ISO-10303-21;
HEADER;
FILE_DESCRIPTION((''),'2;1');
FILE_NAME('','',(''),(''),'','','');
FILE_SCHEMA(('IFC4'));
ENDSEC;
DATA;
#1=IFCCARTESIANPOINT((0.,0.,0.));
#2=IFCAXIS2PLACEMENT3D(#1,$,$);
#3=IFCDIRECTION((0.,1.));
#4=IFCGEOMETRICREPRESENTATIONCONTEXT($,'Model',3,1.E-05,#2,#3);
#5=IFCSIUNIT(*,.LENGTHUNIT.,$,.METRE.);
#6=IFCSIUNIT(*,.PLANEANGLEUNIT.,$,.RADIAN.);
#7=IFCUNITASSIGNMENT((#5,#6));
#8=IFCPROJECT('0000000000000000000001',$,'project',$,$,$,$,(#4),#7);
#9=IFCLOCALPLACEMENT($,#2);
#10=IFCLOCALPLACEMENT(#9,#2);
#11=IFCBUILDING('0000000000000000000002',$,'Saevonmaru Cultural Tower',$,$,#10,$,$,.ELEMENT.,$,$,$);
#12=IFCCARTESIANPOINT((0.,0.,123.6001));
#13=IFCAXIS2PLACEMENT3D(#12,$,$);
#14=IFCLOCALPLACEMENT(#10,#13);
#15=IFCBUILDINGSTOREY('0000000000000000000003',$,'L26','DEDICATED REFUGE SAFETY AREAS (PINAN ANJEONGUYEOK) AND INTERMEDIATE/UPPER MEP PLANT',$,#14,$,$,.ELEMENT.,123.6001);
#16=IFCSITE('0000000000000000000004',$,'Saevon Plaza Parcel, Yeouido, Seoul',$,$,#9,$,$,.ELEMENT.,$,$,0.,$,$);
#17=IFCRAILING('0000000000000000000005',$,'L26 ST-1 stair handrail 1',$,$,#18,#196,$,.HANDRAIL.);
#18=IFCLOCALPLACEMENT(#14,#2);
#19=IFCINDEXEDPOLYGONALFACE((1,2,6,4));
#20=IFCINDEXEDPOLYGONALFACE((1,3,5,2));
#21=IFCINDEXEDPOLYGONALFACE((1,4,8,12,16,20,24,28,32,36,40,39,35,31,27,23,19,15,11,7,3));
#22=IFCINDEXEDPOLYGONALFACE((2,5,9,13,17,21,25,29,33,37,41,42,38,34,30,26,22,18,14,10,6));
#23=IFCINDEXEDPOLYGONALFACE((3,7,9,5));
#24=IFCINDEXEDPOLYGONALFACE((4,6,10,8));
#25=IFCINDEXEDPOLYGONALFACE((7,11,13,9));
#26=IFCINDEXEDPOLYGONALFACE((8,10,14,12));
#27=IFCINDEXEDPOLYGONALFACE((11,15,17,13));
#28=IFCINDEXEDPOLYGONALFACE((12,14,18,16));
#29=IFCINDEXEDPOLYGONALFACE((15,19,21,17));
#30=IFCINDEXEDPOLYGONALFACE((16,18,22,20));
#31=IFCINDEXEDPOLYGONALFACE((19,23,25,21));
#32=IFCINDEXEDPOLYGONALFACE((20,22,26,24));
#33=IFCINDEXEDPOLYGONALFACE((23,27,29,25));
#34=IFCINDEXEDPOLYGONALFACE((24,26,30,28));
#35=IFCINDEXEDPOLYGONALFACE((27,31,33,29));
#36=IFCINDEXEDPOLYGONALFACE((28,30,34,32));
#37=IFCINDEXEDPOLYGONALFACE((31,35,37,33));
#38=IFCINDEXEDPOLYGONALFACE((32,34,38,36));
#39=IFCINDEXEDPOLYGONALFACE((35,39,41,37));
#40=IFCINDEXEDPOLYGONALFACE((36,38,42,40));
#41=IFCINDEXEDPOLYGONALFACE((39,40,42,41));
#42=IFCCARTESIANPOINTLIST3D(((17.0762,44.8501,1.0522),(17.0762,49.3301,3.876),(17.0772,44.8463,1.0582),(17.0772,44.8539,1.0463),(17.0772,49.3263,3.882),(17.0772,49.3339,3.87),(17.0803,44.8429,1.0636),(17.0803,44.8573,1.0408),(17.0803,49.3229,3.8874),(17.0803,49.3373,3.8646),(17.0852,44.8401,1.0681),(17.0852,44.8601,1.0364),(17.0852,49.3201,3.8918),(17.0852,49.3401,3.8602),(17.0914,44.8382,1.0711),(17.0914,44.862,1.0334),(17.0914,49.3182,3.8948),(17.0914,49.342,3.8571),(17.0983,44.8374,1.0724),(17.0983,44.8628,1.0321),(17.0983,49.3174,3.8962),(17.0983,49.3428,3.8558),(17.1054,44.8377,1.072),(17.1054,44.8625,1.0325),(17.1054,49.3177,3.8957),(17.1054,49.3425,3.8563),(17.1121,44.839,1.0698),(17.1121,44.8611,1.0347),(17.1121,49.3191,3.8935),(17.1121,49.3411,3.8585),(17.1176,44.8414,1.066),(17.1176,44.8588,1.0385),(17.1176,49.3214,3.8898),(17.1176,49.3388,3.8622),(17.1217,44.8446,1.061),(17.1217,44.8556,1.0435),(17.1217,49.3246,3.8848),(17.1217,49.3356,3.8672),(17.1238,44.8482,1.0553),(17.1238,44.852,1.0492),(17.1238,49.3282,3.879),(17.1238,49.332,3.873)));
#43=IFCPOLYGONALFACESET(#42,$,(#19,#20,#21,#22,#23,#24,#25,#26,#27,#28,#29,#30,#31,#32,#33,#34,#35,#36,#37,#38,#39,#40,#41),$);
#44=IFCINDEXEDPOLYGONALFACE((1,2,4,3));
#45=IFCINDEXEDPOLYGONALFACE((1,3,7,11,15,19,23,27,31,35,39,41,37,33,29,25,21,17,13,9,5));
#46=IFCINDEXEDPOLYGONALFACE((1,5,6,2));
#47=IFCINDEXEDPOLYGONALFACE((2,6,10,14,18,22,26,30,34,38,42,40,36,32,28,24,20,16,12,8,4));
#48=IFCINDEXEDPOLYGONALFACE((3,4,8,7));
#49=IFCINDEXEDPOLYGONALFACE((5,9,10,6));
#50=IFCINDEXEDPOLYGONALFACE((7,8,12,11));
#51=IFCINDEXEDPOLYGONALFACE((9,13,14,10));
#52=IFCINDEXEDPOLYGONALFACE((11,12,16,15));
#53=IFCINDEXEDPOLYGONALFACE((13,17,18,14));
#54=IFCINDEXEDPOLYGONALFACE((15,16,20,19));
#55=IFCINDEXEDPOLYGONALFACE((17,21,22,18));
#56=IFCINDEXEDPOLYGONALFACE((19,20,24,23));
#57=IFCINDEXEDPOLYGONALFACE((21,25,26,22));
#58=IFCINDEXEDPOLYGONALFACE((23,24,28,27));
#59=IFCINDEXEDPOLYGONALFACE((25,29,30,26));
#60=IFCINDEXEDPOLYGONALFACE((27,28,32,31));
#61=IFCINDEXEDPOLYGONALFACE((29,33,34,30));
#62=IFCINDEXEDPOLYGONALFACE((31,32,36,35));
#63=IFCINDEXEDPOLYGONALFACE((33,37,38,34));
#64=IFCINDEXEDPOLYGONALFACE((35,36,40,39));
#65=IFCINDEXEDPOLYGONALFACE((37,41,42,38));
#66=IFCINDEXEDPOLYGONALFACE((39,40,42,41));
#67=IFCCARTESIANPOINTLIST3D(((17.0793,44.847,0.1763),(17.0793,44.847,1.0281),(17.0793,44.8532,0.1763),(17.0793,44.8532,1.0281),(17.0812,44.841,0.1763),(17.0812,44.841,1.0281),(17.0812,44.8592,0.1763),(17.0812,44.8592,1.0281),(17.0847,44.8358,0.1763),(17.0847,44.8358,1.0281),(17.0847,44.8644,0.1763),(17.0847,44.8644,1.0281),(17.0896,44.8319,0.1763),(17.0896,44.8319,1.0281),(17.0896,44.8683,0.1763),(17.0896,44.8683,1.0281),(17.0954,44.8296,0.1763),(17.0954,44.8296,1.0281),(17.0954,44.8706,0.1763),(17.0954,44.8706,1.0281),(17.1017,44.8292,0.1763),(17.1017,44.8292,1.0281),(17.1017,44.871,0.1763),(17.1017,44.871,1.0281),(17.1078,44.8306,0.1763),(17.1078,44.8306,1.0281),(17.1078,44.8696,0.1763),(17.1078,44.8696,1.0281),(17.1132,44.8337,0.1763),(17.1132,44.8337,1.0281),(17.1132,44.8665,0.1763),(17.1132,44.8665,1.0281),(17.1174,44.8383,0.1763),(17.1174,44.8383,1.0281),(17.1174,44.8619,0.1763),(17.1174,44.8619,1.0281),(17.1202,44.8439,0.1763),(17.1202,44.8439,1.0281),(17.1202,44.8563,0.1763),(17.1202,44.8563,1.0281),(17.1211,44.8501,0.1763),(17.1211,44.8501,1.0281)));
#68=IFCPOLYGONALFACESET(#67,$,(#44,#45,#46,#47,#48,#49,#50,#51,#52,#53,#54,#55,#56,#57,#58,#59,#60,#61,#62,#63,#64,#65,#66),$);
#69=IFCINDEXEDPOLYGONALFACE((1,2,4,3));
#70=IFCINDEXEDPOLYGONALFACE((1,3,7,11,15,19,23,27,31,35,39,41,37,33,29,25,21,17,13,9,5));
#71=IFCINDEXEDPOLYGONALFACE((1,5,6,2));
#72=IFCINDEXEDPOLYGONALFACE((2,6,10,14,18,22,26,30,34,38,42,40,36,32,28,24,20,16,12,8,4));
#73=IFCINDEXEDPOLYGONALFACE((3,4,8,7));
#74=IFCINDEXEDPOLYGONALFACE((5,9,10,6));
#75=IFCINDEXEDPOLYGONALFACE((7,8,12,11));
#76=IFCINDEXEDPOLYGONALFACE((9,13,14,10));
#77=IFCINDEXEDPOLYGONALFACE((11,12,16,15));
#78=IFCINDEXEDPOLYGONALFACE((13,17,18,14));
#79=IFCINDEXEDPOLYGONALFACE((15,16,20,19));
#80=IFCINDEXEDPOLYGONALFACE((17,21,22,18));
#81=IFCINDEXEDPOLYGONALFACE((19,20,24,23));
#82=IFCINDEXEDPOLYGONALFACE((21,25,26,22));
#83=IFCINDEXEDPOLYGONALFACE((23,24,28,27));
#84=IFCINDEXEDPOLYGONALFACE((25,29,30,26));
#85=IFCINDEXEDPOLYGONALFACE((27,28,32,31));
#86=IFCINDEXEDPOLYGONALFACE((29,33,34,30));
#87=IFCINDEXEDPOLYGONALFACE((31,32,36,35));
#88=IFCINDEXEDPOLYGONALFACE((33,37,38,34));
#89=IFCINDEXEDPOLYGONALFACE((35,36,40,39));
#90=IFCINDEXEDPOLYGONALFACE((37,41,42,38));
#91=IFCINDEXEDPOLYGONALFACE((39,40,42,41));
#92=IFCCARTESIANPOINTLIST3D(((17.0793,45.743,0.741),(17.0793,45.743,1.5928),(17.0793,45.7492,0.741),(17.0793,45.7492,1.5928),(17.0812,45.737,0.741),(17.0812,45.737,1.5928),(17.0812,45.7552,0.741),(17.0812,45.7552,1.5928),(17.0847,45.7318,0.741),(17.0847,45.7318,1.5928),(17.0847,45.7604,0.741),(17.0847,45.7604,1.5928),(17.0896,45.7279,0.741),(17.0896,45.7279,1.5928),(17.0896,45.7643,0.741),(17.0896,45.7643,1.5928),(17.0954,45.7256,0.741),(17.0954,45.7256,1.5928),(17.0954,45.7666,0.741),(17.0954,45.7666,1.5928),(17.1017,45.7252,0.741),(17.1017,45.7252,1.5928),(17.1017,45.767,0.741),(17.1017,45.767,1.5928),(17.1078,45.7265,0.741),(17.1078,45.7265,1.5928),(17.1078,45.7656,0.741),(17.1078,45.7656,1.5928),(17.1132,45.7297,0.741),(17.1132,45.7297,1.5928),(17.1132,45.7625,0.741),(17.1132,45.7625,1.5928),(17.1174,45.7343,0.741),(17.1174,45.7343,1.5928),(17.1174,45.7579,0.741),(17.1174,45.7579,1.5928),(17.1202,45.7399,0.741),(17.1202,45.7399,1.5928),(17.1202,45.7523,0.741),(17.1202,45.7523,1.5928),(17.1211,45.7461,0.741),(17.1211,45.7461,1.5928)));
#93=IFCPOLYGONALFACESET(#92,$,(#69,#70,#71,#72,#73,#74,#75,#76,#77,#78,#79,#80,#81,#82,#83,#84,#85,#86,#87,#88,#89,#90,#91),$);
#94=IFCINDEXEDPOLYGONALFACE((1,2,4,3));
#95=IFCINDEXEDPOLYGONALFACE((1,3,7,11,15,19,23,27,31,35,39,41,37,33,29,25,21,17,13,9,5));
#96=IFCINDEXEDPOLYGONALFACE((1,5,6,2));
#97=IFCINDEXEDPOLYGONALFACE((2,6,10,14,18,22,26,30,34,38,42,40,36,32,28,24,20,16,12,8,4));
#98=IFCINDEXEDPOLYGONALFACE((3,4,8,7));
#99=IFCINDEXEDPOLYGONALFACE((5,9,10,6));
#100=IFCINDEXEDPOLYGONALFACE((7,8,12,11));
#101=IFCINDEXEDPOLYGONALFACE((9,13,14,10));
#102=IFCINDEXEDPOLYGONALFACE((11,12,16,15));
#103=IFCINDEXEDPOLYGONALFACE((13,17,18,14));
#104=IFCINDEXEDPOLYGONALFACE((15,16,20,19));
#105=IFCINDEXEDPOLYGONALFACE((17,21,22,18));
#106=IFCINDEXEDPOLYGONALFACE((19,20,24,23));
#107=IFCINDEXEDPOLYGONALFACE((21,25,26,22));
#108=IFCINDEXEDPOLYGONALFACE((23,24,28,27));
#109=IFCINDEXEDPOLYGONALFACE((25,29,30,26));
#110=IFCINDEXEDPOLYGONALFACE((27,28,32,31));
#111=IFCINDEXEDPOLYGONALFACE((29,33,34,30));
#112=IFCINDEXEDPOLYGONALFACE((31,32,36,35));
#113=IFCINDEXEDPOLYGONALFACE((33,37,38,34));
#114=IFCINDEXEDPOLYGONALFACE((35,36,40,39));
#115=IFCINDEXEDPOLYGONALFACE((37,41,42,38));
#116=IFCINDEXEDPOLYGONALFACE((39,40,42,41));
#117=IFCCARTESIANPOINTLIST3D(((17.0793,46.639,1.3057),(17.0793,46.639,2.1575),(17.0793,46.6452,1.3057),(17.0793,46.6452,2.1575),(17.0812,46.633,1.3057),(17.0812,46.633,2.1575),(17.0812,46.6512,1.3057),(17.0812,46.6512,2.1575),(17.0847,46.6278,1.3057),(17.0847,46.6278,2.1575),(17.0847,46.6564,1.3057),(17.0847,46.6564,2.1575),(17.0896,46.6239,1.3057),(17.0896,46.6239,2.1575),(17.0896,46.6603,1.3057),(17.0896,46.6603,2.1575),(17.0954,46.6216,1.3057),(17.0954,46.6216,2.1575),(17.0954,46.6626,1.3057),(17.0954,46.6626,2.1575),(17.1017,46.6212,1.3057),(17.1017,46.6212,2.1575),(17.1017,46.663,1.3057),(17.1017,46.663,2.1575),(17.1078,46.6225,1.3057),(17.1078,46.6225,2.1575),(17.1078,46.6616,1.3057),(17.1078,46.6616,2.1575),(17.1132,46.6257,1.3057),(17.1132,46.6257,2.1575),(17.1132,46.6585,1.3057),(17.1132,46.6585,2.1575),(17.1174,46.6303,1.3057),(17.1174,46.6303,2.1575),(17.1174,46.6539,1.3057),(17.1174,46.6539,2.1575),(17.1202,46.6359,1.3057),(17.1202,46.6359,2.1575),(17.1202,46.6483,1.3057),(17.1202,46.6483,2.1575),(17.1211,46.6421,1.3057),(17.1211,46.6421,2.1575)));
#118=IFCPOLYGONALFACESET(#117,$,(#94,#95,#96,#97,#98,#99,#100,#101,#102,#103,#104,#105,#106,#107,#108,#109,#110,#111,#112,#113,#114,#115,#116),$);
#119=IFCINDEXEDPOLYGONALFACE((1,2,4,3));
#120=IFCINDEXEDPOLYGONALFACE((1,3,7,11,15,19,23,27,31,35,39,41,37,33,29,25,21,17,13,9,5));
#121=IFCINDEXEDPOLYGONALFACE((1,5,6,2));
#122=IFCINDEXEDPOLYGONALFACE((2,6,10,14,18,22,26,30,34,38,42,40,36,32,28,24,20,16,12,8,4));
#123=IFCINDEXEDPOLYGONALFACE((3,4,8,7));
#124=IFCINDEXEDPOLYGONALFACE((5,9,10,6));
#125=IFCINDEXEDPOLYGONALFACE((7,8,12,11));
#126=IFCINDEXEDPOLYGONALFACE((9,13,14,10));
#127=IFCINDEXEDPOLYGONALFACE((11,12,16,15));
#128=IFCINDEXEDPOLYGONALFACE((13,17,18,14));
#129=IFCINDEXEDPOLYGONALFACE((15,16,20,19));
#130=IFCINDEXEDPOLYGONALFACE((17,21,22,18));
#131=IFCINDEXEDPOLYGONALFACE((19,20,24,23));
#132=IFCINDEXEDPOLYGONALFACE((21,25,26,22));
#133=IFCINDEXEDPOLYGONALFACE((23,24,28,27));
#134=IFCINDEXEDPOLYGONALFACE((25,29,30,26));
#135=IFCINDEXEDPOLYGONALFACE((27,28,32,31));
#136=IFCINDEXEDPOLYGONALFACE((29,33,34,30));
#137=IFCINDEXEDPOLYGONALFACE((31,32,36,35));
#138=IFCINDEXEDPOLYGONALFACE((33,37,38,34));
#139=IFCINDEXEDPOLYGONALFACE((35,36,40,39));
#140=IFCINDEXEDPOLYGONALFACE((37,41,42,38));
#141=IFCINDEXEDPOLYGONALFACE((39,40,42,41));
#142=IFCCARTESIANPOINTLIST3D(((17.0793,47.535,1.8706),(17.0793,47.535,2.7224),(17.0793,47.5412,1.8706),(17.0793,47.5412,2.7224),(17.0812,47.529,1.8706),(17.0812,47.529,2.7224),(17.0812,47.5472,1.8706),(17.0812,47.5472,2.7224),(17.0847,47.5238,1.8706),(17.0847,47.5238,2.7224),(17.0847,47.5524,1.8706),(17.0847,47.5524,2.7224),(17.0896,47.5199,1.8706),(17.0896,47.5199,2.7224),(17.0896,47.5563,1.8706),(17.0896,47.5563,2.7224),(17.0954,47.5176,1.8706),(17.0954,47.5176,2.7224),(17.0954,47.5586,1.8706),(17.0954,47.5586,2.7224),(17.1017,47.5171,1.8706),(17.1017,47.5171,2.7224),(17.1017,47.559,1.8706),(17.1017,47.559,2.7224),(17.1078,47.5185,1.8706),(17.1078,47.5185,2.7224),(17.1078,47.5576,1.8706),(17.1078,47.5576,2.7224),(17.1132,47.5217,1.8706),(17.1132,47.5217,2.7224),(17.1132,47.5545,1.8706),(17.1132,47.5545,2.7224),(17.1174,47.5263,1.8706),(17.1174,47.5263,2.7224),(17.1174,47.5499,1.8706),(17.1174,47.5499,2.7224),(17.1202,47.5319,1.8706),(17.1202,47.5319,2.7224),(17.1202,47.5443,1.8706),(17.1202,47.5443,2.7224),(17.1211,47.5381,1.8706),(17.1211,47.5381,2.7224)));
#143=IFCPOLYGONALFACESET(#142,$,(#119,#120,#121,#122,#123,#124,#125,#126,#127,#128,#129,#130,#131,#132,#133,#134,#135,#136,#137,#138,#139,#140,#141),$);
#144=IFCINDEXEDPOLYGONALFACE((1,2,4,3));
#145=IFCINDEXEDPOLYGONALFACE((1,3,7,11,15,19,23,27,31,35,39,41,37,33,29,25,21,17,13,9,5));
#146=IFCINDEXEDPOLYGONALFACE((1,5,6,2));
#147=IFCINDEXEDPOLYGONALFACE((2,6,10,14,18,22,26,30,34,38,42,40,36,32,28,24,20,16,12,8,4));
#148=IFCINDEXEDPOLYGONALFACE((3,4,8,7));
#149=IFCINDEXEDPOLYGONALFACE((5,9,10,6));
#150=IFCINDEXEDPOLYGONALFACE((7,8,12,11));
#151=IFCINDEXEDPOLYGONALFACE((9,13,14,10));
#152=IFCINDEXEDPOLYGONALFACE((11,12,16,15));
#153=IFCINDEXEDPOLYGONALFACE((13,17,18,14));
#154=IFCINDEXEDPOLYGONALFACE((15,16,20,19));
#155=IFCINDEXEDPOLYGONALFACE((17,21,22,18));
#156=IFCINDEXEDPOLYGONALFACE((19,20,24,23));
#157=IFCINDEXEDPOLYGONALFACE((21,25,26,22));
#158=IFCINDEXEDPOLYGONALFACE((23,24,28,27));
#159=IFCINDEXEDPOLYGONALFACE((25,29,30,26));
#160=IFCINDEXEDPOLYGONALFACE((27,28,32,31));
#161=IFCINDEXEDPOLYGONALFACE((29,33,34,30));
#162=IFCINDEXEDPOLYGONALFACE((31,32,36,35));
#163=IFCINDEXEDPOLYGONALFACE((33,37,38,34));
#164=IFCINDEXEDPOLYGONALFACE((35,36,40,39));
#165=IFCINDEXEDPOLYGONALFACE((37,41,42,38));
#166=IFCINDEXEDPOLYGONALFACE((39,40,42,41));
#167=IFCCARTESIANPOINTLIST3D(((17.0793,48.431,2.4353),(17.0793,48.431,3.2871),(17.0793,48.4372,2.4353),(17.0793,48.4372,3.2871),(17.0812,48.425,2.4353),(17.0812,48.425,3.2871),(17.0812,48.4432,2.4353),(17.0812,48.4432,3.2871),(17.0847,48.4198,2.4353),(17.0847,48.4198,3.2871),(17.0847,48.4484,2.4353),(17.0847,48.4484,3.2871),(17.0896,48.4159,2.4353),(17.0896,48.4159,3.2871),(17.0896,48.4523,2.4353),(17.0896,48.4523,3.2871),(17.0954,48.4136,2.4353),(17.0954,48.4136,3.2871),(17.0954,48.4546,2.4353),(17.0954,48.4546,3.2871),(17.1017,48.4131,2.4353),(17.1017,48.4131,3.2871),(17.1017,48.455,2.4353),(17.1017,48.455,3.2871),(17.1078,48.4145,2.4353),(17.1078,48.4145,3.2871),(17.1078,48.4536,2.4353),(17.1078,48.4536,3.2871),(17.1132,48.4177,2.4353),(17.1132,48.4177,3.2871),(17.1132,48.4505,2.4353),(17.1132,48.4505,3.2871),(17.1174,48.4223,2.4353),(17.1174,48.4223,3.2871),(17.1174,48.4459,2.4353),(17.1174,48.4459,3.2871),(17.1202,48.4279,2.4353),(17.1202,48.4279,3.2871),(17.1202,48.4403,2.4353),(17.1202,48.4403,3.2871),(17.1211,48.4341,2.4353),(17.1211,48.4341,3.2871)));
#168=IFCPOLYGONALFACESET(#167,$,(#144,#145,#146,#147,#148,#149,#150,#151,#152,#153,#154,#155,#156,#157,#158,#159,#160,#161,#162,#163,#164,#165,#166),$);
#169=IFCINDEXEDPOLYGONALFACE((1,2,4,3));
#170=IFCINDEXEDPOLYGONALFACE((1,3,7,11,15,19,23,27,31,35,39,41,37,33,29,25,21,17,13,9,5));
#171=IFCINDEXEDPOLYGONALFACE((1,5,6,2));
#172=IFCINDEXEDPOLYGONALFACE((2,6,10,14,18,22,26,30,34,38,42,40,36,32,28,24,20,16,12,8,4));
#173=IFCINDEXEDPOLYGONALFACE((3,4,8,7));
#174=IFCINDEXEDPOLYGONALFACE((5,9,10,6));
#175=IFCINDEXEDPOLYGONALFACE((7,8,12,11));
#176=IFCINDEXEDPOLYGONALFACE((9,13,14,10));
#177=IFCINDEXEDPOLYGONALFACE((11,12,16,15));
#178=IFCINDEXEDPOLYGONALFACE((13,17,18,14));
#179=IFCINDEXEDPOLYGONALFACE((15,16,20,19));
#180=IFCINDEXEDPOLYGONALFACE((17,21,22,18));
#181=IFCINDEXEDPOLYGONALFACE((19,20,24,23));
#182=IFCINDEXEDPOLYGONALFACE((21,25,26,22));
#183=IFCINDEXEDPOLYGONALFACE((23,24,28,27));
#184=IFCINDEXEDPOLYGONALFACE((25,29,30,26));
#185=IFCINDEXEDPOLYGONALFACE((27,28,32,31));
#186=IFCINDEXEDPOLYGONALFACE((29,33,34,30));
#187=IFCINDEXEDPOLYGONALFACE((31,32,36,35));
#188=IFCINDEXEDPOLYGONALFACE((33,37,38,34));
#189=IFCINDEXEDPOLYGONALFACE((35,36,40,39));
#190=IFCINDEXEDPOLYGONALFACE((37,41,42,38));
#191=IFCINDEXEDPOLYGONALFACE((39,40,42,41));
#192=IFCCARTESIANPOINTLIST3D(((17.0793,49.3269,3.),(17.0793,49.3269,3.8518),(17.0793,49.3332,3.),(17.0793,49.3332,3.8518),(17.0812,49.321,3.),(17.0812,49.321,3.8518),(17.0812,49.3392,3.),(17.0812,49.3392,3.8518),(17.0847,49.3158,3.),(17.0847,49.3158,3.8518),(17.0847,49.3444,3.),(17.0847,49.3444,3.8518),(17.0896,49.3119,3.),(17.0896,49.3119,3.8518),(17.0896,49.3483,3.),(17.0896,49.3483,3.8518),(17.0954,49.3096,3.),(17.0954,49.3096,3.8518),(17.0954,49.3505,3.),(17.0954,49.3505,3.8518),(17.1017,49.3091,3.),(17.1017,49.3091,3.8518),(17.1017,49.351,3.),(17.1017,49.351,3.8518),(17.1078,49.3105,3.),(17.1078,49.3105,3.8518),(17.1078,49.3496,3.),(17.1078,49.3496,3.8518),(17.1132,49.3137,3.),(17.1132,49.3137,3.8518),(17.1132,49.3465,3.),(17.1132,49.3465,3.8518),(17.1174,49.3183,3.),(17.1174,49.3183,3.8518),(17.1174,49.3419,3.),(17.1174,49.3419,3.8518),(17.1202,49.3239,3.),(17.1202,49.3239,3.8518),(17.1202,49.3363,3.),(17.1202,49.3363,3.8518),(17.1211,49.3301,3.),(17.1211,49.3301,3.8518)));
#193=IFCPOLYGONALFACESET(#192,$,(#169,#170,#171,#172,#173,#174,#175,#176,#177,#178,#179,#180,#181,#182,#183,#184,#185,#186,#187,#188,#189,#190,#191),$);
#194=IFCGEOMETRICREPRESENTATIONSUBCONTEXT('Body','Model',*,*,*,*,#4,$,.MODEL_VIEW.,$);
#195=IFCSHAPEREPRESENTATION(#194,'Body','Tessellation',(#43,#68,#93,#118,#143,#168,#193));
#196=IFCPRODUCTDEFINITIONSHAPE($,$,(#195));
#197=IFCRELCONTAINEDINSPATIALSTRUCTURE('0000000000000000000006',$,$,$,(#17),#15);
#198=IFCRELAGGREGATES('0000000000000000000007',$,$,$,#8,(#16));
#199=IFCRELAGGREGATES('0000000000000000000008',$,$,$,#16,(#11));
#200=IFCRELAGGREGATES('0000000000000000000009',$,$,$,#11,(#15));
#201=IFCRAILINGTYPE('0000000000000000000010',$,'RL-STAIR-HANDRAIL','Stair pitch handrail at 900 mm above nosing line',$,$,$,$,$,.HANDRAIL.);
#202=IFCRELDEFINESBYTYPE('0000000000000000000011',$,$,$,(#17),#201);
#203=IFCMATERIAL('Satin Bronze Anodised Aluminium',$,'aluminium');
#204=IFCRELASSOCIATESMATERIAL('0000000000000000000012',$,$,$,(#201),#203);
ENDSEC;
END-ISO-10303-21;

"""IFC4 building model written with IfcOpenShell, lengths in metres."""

from ifc_helpers import new_model, si_unit, direction, frame, origin, origin_2d, place, context, subcontext, project, spatial, circle, extrude, material, type_object, element, save


model = new_model("IFC4")

# Units and contexts
model_context = context("Model", 3, precision=1e-05, world=origin(), true_north=direction((0.0, 1.0)))
body_context = subcontext(model_context, "Body", "Model", "MODEL_VIEW")
ifc_project = project(units=[si_unit("LENGTHUNIT", "METRE"), si_unit("PLANEANGLEUNIT", "RADIAN")], contexts=[model_context])

# Site, building, storey
site_placement = place(None, origin())
site = spatial("IfcSite", under=ifc_project, at=site_placement, Name="Saevon Plaza Parcel, Yeouido, Seoul", CompositionType="ELEMENT", RefElevation=0.0)
building_placement = place(site_placement, origin())
building = spatial("IfcBuilding", under=site, at=building_placement, Name="Saevonmaru Cultural Tower", CompositionType="ELEMENT")
storey_placement = place(building_placement, frame((0.0, 0.0, 123.6001)))
storey = spatial("IfcBuildingStorey", under=building, at=storey_placement, Name="L26", Description="DEDICATED REFUGE SAFETY AREAS (PINAN ANJEONGUYEOK) AND INTERMEDIATE/UPPER MEP PLANT", CompositionType="ELEMENT", Elevation=123.6001)

# Shared definitions
ifc_material_1 = material(Name="Satin Bronze Anodised Aluminium", Category="aluminium")

# Railing
railing_type_1 = type_object("IfcRailingType", Name="RL-STAIR-HANDRAIL", Description="Stair pitch handrail at 900 mm above nosing line", PredefinedType="HANDRAIL", material=ifc_material_1)
railing_1_placement = place(storey_placement, frame((17.1001, 44.8501, 0.1763)))
element("IfcRailing", 1, at=railing_1_placement, inside=storey, type_object=railing_type_1, Name="L26 ST-1 stair handrail 1", PredefinedType="HANDRAIL", context=body_context, shape_type="SweptSolid", body=[
    extrude(circle(Radius=0.0239, at=origin_2d()), frame((0.0, 0.0, 0.876), z_axis=(0.0, 0.845977, 0.533219), x_axis=(-1.0, 0.0, 0.0)), (0.0, 0.0, 1.0), 5.2957),
    extrude(circle(Radius=0.021, at=origin_2d()), origin(), (0.0, 0.0, 1.0), 0.8518),
    extrude(circle(Radius=0.021, at=origin_2d()), frame((0.0, 0.896, 0.5647)), (0.0, 0.0, 1.0), 0.8518),
    extrude(circle(Radius=0.021, at=origin_2d()), frame((0.0, 1.792, 1.1294)), (0.0, 0.0, 1.0), 0.8518),
    extrude(circle(Radius=0.021, at=origin_2d()), frame((0.0, 2.688, 1.6943)), (0.0, 0.0, 1.0), 0.8518),
    extrude(circle(Radius=0.021, at=origin_2d()), frame((0.0, 3.584, 2.259)), (0.0, 0.0, 1.0), 0.8518),
    extrude(circle(Radius=0.021, at=origin_2d()), frame((0.0, 4.48, 2.8237)), (0.0, 0.0, 1.0), 0.8518),
])

save(model, "model.ifc")
